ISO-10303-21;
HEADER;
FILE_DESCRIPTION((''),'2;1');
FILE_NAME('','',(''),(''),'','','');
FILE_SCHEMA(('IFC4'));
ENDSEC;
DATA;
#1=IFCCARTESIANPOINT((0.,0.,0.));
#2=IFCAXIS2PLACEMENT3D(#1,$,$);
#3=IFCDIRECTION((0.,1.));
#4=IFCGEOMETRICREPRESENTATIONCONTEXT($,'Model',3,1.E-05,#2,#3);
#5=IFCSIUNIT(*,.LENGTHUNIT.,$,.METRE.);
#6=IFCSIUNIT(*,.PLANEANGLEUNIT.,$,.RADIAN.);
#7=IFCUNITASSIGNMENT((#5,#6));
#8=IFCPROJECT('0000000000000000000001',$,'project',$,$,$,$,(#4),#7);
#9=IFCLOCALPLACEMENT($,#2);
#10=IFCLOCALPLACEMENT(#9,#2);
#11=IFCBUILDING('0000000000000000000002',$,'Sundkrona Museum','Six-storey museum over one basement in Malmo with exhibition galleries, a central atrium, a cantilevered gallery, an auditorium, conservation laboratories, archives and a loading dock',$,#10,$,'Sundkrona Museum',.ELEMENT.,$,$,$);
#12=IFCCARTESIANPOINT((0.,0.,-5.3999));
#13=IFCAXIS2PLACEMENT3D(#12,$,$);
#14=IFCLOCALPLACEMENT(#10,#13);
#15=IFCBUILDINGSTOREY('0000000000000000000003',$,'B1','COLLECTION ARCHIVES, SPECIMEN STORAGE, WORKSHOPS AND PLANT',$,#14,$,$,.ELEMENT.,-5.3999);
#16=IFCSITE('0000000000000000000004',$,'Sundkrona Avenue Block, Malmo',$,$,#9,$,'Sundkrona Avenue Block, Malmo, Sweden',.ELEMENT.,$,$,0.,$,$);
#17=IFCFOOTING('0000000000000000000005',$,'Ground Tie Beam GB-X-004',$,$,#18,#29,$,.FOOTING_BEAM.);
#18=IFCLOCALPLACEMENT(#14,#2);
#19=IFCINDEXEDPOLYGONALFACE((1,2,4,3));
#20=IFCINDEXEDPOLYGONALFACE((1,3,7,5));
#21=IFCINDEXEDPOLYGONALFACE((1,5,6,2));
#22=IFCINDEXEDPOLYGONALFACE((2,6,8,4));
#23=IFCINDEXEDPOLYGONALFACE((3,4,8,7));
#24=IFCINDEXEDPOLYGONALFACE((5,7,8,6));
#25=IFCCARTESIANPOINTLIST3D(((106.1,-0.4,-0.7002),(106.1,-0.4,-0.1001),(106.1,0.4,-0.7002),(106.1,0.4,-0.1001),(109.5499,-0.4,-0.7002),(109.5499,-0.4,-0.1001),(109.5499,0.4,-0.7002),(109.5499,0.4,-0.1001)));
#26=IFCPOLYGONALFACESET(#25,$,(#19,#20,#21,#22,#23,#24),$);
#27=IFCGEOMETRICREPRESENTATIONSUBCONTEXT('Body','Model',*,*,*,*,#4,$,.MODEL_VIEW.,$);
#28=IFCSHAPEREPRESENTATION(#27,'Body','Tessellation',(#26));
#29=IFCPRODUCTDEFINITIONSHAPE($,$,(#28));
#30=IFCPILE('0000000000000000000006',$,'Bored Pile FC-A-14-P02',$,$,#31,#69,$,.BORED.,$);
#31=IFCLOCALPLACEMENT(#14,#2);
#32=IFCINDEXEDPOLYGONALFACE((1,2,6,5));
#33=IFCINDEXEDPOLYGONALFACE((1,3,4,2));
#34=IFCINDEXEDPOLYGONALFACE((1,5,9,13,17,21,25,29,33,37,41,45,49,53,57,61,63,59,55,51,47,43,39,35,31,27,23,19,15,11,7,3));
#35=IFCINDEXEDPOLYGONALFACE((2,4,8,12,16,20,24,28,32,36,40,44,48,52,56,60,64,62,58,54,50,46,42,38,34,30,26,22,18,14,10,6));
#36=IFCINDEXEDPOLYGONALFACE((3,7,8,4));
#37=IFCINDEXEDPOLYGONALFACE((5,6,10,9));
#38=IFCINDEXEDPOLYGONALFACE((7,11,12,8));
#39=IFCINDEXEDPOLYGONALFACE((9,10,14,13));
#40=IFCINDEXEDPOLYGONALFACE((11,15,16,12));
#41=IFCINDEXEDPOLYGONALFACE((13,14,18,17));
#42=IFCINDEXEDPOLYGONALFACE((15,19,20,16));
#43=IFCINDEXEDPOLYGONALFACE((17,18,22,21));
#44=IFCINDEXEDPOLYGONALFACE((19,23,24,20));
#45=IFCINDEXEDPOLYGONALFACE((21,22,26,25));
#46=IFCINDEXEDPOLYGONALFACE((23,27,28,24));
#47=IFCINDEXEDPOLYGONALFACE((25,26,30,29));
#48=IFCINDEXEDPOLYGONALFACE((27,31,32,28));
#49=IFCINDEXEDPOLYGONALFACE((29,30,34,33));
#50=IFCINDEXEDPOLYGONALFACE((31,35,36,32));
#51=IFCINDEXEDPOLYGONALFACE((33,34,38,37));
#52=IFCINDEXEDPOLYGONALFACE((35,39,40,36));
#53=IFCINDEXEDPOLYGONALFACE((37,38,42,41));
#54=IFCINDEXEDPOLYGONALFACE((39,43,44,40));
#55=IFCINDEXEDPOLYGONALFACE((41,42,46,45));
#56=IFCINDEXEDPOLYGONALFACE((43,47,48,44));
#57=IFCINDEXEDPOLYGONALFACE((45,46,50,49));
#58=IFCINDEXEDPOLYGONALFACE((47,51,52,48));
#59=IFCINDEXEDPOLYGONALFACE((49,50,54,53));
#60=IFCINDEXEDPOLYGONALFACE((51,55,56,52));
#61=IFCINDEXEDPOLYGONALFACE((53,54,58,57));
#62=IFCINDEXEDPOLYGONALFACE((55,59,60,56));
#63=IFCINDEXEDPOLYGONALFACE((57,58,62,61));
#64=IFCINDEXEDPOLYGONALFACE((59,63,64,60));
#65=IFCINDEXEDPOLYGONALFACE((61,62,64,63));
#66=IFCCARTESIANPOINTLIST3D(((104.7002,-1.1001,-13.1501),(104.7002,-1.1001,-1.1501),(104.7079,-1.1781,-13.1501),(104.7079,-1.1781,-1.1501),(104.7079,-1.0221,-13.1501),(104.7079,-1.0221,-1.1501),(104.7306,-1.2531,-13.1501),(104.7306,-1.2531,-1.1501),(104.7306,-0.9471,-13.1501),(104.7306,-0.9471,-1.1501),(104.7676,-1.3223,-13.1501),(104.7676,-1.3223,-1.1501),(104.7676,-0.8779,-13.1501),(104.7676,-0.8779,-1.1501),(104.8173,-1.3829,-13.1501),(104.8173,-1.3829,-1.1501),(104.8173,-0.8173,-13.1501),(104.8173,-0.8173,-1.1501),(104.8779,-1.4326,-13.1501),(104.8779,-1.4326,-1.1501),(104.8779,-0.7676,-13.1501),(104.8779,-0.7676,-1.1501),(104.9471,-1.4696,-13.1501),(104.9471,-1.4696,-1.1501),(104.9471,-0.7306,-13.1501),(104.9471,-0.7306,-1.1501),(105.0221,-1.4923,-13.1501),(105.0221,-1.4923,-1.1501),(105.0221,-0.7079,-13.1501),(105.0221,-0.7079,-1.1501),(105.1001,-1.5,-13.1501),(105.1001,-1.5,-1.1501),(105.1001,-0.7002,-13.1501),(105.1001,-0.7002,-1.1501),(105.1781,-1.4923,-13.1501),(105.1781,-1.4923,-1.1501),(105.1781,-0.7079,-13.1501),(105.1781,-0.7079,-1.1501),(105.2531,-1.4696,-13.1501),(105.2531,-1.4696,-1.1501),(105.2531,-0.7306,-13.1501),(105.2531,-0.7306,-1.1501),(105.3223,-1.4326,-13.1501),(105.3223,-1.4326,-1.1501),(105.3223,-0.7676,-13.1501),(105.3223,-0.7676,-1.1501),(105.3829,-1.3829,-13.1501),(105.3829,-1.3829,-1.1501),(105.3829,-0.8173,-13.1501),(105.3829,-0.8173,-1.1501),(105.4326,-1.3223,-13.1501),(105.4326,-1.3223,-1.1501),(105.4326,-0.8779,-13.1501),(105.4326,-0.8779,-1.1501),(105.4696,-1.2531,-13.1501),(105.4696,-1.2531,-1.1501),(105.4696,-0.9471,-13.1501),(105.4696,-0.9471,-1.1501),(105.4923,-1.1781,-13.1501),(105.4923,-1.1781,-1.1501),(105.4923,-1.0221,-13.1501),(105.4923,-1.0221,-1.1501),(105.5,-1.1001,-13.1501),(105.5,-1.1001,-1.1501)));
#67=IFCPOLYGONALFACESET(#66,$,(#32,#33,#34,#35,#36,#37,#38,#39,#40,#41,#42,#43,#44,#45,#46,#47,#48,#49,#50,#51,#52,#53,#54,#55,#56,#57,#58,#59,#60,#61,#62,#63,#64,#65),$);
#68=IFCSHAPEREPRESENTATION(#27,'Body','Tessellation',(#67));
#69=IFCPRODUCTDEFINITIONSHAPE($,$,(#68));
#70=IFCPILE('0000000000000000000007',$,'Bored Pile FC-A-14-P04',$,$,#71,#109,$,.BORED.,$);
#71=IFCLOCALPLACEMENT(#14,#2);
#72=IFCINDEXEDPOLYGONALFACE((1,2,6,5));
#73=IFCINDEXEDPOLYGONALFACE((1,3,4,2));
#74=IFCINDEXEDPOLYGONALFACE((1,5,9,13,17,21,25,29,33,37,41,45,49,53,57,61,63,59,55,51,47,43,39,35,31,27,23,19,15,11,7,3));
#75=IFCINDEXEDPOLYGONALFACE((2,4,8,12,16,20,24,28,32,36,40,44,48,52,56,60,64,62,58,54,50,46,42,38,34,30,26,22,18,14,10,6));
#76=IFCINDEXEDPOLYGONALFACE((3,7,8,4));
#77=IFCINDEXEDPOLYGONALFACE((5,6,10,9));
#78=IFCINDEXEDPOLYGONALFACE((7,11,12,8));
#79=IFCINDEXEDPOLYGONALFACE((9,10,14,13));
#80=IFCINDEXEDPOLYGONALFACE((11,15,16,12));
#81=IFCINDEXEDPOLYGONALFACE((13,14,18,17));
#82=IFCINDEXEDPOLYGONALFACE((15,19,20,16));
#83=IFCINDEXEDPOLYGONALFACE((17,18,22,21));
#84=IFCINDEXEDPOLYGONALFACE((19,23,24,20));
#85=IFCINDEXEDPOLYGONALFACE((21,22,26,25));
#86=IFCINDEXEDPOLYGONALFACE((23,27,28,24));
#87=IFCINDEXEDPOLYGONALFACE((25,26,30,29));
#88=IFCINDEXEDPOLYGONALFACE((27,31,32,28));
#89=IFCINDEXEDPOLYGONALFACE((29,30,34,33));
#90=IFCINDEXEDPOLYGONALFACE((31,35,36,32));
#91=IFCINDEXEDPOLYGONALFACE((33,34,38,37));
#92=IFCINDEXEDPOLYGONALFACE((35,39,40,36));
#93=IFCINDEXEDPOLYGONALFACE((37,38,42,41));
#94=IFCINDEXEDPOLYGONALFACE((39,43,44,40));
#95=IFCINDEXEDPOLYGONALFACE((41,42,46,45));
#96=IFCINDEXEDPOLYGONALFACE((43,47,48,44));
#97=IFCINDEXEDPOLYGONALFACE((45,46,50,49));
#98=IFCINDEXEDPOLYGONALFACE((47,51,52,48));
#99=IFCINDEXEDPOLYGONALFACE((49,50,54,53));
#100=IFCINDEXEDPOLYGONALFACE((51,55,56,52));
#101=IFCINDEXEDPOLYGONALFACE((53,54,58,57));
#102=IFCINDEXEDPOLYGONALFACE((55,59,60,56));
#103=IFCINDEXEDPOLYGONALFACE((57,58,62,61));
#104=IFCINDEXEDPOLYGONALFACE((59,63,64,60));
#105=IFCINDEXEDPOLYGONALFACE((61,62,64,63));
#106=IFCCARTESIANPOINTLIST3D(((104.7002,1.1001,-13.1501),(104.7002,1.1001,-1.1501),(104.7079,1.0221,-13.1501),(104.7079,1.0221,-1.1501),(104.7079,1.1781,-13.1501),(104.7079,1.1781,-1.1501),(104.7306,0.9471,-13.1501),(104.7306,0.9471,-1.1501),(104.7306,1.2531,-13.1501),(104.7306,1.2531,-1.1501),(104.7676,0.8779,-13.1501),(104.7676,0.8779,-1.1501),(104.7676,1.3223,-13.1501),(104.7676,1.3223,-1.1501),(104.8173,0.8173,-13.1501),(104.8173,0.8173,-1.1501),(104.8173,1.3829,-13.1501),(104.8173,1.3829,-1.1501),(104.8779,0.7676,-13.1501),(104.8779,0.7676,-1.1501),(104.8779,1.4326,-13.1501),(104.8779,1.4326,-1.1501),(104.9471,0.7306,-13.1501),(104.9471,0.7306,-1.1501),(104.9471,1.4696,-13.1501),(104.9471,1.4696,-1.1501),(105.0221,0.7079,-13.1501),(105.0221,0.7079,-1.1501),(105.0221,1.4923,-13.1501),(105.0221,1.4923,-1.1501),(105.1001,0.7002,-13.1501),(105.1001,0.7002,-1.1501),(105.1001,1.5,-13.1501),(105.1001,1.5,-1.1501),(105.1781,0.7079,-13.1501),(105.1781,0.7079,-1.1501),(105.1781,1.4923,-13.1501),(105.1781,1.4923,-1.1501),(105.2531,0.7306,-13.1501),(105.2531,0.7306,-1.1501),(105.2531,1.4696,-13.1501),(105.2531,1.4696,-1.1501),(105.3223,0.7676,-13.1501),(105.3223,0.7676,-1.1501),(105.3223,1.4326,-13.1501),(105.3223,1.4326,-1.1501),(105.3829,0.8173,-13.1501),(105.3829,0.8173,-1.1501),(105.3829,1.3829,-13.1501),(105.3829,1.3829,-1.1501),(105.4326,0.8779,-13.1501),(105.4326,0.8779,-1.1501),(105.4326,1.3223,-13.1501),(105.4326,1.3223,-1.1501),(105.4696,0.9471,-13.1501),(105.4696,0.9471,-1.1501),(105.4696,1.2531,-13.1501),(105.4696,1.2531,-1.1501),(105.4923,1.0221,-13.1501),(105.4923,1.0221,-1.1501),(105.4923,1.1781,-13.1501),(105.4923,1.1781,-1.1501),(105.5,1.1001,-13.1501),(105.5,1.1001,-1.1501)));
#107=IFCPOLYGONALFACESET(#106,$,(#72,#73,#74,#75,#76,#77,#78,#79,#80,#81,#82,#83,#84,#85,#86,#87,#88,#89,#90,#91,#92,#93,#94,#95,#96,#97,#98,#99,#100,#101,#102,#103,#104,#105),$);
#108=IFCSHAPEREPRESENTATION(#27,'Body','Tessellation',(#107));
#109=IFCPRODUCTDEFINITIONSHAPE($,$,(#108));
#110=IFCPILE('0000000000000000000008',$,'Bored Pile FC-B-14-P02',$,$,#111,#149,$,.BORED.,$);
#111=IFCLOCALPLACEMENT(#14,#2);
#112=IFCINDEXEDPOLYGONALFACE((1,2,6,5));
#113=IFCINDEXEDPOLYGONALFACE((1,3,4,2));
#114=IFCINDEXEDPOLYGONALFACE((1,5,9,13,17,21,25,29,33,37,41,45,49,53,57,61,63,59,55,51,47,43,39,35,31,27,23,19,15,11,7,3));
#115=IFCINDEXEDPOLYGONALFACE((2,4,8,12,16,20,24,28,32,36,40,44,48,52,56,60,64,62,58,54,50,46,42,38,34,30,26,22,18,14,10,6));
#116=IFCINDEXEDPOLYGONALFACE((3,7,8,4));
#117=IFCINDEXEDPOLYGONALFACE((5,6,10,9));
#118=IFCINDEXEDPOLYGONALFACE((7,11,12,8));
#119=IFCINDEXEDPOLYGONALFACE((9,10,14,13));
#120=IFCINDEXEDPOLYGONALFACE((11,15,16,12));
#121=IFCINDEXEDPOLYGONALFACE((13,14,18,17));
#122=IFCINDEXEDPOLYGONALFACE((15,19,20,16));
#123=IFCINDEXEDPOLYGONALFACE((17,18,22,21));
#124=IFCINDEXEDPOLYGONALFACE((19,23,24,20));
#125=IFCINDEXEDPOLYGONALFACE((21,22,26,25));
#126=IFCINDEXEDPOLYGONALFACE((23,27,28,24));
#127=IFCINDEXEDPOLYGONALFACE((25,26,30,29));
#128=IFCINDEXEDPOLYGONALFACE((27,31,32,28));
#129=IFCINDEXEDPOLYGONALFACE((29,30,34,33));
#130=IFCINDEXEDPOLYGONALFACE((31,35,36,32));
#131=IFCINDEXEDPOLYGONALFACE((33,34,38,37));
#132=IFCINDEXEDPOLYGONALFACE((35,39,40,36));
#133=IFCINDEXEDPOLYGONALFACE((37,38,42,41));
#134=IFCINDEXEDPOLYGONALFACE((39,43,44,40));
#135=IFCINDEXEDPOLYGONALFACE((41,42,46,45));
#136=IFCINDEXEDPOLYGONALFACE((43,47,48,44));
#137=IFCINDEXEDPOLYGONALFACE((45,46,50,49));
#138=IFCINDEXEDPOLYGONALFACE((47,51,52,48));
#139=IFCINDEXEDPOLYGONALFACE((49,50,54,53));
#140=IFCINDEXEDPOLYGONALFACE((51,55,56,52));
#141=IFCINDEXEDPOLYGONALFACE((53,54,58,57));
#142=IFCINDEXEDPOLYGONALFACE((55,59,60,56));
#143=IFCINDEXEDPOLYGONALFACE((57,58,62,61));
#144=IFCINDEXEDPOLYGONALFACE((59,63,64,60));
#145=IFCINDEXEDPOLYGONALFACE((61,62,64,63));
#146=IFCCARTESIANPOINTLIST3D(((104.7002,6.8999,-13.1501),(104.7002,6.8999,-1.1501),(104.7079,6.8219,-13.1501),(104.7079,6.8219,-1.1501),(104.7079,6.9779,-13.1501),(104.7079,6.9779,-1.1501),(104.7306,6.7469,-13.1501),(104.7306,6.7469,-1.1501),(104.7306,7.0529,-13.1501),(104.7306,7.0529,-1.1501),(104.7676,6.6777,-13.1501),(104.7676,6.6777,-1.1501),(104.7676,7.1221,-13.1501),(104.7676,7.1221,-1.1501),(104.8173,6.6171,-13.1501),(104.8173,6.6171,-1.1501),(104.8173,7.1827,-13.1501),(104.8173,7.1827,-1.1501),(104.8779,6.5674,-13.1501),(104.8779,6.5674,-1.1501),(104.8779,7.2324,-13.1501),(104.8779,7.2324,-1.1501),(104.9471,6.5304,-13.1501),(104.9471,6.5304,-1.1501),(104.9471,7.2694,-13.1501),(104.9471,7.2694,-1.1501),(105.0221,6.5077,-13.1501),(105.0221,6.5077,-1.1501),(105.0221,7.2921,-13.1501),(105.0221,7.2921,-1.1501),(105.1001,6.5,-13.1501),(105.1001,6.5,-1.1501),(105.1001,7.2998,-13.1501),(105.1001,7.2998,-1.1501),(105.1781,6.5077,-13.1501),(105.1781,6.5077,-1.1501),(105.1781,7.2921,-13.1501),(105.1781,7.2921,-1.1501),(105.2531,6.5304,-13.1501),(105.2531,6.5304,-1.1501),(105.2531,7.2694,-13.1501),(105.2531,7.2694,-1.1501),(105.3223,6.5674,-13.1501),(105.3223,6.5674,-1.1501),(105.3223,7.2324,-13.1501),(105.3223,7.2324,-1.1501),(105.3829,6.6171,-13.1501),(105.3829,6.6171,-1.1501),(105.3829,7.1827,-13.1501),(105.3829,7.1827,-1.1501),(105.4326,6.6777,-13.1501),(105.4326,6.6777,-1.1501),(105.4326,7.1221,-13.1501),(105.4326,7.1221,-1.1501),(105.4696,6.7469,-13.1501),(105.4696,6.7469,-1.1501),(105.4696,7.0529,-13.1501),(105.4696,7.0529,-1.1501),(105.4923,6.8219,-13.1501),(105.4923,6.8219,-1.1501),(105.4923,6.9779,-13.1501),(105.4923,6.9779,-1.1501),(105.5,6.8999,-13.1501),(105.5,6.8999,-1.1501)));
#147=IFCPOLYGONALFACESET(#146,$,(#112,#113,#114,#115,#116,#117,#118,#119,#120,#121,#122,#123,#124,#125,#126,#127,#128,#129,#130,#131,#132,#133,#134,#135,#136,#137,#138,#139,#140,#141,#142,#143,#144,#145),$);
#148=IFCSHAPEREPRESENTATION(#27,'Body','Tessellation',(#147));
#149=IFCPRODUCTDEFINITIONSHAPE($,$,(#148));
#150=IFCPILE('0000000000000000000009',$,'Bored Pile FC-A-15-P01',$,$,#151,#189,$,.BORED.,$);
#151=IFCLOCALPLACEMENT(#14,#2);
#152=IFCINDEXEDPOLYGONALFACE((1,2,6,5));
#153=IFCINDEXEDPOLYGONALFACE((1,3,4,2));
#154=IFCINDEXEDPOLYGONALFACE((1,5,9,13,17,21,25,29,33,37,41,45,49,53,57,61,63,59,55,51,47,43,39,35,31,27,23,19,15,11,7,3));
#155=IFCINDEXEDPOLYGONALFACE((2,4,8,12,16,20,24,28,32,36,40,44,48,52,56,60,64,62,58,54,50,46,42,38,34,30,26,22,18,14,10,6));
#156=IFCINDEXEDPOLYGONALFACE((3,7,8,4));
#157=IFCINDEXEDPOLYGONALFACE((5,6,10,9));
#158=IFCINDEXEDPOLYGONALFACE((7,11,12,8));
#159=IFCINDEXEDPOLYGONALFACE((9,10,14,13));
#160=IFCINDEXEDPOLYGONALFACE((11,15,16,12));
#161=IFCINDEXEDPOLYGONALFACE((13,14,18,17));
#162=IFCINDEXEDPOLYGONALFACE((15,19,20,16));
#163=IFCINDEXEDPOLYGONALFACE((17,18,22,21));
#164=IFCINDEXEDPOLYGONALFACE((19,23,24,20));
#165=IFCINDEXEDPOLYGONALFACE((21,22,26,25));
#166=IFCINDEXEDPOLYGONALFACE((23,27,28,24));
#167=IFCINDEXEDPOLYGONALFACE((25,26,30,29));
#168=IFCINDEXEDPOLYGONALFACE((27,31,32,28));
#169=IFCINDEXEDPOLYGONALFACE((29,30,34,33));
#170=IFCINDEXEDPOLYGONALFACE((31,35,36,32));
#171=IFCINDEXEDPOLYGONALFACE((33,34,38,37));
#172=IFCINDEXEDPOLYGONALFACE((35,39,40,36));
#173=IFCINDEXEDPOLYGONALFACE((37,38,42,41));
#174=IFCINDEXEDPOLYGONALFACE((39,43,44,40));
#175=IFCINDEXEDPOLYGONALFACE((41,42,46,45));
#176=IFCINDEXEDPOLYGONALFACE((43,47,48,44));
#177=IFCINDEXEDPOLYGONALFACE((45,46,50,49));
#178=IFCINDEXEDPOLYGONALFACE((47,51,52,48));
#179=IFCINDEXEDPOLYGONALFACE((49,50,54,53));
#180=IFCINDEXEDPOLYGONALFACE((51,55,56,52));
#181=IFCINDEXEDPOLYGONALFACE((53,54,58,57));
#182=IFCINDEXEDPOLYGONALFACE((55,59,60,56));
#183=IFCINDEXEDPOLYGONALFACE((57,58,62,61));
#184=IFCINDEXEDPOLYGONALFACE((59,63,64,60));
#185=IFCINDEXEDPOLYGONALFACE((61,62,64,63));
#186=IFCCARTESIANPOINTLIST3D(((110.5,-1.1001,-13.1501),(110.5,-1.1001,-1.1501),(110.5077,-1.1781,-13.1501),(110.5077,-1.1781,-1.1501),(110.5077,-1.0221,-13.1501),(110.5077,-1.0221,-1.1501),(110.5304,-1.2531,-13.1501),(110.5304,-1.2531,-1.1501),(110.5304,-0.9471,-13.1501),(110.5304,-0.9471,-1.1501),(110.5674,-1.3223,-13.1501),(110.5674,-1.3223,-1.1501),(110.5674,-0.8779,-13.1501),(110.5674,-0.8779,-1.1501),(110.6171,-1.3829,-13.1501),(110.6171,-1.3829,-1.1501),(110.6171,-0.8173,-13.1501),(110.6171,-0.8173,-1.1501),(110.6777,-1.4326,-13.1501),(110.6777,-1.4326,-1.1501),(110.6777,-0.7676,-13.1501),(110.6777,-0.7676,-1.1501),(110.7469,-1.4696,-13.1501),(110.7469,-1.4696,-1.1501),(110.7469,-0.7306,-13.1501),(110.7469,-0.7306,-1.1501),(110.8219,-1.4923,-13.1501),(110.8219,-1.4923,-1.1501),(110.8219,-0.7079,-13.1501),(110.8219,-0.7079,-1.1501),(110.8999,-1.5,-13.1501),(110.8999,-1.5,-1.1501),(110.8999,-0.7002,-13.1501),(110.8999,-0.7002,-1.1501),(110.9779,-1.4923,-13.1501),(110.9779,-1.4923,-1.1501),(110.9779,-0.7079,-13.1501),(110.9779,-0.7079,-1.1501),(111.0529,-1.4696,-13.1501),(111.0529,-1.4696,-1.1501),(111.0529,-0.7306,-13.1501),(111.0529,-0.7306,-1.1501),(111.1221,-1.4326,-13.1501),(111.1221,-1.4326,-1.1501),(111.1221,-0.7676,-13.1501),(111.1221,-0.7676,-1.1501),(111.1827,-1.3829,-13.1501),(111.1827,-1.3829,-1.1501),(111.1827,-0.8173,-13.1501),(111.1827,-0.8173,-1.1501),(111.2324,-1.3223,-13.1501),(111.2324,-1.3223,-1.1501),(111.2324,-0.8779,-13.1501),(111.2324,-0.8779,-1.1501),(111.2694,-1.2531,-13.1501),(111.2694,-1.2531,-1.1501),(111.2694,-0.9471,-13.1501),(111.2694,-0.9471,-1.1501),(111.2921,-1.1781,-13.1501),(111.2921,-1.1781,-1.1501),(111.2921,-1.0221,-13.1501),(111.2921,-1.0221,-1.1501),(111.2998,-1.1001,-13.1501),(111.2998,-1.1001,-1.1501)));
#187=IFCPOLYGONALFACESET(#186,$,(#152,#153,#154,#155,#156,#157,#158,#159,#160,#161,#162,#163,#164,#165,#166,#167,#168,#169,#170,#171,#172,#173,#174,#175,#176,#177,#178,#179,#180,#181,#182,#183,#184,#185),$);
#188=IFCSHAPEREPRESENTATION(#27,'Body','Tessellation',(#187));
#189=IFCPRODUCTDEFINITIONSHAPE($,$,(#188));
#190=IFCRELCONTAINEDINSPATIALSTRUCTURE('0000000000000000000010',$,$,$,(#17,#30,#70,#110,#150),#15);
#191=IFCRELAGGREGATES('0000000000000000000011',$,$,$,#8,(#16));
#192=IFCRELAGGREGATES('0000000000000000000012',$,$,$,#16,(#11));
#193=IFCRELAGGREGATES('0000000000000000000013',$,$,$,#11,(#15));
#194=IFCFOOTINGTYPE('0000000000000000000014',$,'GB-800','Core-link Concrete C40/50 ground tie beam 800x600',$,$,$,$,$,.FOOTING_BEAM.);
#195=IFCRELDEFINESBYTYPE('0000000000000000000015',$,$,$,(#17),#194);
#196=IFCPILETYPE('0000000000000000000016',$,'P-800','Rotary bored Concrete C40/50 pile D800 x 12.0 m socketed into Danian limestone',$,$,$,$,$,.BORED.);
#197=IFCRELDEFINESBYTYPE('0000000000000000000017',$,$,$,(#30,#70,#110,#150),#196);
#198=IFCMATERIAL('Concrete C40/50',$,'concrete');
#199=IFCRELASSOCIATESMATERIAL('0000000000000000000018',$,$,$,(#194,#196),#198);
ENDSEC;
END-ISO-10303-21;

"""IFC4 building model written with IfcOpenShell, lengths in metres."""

from ifc_helpers import new_model, si_unit, direction, frame, origin, origin_2d, place, context, subcontext, project, spatial, rectangle, circle, extrude, material, material_profile, profile_set, type_object, element, save


model = new_model("IFC4")

# Units and contexts
model_context = context("Model", 3, precision=1e-05, world=origin(), true_north=direction((0.0, 1.0)))
body_context = subcontext(model_context, "Body", "Model", "MODEL_VIEW")
ifc_project = project(units=[si_unit("LENGTHUNIT", "METRE"), si_unit("PLANEANGLEUNIT", "RADIAN")], contexts=[model_context])

# Site, building, storey
site_placement = place(None, origin())
site = spatial("IfcSite", under=ifc_project, at=site_placement, Name="Sundkrona Avenue Block, Malmo", LongName="Sundkrona Avenue Block, Malmo, Sweden", CompositionType="ELEMENT", RefElevation=0.0)
building_placement = place(site_placement, origin())
building = spatial("IfcBuilding", under=site, at=building_placement, Name="Sundkrona Museum", Description="Six-storey museum over one basement in Malmo with exhibition galleries, a central atrium, a cantilevered gallery, an auditorium, conservation laboratories, archives and a loading dock", LongName="Sundkrona Museum", CompositionType="ELEMENT")
storey_placement = place(building_placement, frame((0.0, 0.0, -5.3999)))
storey = spatial("IfcBuildingStorey", under=building, at=storey_placement, Name="B1", Description="COLLECTION ARCHIVES, SPECIMEN STORAGE, WORKSHOPS AND PLANT", CompositionType="ELEMENT", Elevation=-5.3999)

# Footing
ifc_material_1 = material(Name="Concrete C40/50", Category="concrete")
footing_type_1 = type_object("IfcFootingType", Name="GB-800", Description="Core-link Concrete C40/50 ground tie beam 800x600", PredefinedType="FOOTING_BEAM", material=ifc_material_1)
footing_1_placement = place(storey_placement, frame((107.825, 0.0, -0.7002), z_axis=(0.0, 0.0, 1.0), x_axis=(1.0, 0.0, 0.0)))
element("IfcFooting", 1, at=footing_1_placement, inside=storey, type_object=footing_type_1, Name="Ground Tie Beam GB-X-004", PredefinedType="FOOTING_BEAM", context=body_context, shape_type="SweptSolid", body=[
    extrude(rectangle(XDim=3.45, YDim=0.8, at=origin_2d()), origin(), (0.0, 0.0, 1.0), 0.6001),
])

# Piles
ifc_material_profile_1 = material_profile(ifc_material_1, circle(Radius=0.3999, at=origin_2d()), Name="PILE D800")
ifc_profile_set_1 = profile_set([ifc_material_profile_1], Name="Concrete C40/50")
pile_type = type_object("IfcPileType", Name="P-800", Description="Rotary bored Concrete C40/50 pile D800 x 12.0 m socketed into Danian limestone", PredefinedType="BORED", material=ifc_profile_set_1)
for number, where, z_axis, x_axis, name in (
    (2, (105.1001, -1.1001, -1.1501), (0.0, 0.0, -1.0), (1.0, 0.0, 0.0), "Bored Pile FC-A-14-P02"),
    (3, (105.1001, 1.1001, -1.1501), (0.0, 0.0, -1.0), (1.0, 0.0, 0.0), "Bored Pile FC-A-14-P04"),
    (4, (105.1001, 6.8999, -1.1501), (0.0, 0.0, -1.0), (1.0, 0.0, 0.0), "Bored Pile FC-B-14-P02"),
    (5, (110.8999, -1.1001, -1.1501), (0.0, 0.0, -1.0), (1.0, 0.0, 0.0), "Bored Pile FC-A-15-P01"),
):
    element("IfcPile", number, at=place(storey_placement, frame(where, z_axis=z_axis, x_axis=x_axis)), inside=storey, type_object=pile_type, Name=name, PredefinedType="BORED", context=body_context, shape_type="SweptSolid", body=[
        extrude(circle(Radius=0.3999, at=origin_2d()), origin(), (0.0, 0.0, 1.0), 12.0),
    ])

save(model, "model.ifc")
